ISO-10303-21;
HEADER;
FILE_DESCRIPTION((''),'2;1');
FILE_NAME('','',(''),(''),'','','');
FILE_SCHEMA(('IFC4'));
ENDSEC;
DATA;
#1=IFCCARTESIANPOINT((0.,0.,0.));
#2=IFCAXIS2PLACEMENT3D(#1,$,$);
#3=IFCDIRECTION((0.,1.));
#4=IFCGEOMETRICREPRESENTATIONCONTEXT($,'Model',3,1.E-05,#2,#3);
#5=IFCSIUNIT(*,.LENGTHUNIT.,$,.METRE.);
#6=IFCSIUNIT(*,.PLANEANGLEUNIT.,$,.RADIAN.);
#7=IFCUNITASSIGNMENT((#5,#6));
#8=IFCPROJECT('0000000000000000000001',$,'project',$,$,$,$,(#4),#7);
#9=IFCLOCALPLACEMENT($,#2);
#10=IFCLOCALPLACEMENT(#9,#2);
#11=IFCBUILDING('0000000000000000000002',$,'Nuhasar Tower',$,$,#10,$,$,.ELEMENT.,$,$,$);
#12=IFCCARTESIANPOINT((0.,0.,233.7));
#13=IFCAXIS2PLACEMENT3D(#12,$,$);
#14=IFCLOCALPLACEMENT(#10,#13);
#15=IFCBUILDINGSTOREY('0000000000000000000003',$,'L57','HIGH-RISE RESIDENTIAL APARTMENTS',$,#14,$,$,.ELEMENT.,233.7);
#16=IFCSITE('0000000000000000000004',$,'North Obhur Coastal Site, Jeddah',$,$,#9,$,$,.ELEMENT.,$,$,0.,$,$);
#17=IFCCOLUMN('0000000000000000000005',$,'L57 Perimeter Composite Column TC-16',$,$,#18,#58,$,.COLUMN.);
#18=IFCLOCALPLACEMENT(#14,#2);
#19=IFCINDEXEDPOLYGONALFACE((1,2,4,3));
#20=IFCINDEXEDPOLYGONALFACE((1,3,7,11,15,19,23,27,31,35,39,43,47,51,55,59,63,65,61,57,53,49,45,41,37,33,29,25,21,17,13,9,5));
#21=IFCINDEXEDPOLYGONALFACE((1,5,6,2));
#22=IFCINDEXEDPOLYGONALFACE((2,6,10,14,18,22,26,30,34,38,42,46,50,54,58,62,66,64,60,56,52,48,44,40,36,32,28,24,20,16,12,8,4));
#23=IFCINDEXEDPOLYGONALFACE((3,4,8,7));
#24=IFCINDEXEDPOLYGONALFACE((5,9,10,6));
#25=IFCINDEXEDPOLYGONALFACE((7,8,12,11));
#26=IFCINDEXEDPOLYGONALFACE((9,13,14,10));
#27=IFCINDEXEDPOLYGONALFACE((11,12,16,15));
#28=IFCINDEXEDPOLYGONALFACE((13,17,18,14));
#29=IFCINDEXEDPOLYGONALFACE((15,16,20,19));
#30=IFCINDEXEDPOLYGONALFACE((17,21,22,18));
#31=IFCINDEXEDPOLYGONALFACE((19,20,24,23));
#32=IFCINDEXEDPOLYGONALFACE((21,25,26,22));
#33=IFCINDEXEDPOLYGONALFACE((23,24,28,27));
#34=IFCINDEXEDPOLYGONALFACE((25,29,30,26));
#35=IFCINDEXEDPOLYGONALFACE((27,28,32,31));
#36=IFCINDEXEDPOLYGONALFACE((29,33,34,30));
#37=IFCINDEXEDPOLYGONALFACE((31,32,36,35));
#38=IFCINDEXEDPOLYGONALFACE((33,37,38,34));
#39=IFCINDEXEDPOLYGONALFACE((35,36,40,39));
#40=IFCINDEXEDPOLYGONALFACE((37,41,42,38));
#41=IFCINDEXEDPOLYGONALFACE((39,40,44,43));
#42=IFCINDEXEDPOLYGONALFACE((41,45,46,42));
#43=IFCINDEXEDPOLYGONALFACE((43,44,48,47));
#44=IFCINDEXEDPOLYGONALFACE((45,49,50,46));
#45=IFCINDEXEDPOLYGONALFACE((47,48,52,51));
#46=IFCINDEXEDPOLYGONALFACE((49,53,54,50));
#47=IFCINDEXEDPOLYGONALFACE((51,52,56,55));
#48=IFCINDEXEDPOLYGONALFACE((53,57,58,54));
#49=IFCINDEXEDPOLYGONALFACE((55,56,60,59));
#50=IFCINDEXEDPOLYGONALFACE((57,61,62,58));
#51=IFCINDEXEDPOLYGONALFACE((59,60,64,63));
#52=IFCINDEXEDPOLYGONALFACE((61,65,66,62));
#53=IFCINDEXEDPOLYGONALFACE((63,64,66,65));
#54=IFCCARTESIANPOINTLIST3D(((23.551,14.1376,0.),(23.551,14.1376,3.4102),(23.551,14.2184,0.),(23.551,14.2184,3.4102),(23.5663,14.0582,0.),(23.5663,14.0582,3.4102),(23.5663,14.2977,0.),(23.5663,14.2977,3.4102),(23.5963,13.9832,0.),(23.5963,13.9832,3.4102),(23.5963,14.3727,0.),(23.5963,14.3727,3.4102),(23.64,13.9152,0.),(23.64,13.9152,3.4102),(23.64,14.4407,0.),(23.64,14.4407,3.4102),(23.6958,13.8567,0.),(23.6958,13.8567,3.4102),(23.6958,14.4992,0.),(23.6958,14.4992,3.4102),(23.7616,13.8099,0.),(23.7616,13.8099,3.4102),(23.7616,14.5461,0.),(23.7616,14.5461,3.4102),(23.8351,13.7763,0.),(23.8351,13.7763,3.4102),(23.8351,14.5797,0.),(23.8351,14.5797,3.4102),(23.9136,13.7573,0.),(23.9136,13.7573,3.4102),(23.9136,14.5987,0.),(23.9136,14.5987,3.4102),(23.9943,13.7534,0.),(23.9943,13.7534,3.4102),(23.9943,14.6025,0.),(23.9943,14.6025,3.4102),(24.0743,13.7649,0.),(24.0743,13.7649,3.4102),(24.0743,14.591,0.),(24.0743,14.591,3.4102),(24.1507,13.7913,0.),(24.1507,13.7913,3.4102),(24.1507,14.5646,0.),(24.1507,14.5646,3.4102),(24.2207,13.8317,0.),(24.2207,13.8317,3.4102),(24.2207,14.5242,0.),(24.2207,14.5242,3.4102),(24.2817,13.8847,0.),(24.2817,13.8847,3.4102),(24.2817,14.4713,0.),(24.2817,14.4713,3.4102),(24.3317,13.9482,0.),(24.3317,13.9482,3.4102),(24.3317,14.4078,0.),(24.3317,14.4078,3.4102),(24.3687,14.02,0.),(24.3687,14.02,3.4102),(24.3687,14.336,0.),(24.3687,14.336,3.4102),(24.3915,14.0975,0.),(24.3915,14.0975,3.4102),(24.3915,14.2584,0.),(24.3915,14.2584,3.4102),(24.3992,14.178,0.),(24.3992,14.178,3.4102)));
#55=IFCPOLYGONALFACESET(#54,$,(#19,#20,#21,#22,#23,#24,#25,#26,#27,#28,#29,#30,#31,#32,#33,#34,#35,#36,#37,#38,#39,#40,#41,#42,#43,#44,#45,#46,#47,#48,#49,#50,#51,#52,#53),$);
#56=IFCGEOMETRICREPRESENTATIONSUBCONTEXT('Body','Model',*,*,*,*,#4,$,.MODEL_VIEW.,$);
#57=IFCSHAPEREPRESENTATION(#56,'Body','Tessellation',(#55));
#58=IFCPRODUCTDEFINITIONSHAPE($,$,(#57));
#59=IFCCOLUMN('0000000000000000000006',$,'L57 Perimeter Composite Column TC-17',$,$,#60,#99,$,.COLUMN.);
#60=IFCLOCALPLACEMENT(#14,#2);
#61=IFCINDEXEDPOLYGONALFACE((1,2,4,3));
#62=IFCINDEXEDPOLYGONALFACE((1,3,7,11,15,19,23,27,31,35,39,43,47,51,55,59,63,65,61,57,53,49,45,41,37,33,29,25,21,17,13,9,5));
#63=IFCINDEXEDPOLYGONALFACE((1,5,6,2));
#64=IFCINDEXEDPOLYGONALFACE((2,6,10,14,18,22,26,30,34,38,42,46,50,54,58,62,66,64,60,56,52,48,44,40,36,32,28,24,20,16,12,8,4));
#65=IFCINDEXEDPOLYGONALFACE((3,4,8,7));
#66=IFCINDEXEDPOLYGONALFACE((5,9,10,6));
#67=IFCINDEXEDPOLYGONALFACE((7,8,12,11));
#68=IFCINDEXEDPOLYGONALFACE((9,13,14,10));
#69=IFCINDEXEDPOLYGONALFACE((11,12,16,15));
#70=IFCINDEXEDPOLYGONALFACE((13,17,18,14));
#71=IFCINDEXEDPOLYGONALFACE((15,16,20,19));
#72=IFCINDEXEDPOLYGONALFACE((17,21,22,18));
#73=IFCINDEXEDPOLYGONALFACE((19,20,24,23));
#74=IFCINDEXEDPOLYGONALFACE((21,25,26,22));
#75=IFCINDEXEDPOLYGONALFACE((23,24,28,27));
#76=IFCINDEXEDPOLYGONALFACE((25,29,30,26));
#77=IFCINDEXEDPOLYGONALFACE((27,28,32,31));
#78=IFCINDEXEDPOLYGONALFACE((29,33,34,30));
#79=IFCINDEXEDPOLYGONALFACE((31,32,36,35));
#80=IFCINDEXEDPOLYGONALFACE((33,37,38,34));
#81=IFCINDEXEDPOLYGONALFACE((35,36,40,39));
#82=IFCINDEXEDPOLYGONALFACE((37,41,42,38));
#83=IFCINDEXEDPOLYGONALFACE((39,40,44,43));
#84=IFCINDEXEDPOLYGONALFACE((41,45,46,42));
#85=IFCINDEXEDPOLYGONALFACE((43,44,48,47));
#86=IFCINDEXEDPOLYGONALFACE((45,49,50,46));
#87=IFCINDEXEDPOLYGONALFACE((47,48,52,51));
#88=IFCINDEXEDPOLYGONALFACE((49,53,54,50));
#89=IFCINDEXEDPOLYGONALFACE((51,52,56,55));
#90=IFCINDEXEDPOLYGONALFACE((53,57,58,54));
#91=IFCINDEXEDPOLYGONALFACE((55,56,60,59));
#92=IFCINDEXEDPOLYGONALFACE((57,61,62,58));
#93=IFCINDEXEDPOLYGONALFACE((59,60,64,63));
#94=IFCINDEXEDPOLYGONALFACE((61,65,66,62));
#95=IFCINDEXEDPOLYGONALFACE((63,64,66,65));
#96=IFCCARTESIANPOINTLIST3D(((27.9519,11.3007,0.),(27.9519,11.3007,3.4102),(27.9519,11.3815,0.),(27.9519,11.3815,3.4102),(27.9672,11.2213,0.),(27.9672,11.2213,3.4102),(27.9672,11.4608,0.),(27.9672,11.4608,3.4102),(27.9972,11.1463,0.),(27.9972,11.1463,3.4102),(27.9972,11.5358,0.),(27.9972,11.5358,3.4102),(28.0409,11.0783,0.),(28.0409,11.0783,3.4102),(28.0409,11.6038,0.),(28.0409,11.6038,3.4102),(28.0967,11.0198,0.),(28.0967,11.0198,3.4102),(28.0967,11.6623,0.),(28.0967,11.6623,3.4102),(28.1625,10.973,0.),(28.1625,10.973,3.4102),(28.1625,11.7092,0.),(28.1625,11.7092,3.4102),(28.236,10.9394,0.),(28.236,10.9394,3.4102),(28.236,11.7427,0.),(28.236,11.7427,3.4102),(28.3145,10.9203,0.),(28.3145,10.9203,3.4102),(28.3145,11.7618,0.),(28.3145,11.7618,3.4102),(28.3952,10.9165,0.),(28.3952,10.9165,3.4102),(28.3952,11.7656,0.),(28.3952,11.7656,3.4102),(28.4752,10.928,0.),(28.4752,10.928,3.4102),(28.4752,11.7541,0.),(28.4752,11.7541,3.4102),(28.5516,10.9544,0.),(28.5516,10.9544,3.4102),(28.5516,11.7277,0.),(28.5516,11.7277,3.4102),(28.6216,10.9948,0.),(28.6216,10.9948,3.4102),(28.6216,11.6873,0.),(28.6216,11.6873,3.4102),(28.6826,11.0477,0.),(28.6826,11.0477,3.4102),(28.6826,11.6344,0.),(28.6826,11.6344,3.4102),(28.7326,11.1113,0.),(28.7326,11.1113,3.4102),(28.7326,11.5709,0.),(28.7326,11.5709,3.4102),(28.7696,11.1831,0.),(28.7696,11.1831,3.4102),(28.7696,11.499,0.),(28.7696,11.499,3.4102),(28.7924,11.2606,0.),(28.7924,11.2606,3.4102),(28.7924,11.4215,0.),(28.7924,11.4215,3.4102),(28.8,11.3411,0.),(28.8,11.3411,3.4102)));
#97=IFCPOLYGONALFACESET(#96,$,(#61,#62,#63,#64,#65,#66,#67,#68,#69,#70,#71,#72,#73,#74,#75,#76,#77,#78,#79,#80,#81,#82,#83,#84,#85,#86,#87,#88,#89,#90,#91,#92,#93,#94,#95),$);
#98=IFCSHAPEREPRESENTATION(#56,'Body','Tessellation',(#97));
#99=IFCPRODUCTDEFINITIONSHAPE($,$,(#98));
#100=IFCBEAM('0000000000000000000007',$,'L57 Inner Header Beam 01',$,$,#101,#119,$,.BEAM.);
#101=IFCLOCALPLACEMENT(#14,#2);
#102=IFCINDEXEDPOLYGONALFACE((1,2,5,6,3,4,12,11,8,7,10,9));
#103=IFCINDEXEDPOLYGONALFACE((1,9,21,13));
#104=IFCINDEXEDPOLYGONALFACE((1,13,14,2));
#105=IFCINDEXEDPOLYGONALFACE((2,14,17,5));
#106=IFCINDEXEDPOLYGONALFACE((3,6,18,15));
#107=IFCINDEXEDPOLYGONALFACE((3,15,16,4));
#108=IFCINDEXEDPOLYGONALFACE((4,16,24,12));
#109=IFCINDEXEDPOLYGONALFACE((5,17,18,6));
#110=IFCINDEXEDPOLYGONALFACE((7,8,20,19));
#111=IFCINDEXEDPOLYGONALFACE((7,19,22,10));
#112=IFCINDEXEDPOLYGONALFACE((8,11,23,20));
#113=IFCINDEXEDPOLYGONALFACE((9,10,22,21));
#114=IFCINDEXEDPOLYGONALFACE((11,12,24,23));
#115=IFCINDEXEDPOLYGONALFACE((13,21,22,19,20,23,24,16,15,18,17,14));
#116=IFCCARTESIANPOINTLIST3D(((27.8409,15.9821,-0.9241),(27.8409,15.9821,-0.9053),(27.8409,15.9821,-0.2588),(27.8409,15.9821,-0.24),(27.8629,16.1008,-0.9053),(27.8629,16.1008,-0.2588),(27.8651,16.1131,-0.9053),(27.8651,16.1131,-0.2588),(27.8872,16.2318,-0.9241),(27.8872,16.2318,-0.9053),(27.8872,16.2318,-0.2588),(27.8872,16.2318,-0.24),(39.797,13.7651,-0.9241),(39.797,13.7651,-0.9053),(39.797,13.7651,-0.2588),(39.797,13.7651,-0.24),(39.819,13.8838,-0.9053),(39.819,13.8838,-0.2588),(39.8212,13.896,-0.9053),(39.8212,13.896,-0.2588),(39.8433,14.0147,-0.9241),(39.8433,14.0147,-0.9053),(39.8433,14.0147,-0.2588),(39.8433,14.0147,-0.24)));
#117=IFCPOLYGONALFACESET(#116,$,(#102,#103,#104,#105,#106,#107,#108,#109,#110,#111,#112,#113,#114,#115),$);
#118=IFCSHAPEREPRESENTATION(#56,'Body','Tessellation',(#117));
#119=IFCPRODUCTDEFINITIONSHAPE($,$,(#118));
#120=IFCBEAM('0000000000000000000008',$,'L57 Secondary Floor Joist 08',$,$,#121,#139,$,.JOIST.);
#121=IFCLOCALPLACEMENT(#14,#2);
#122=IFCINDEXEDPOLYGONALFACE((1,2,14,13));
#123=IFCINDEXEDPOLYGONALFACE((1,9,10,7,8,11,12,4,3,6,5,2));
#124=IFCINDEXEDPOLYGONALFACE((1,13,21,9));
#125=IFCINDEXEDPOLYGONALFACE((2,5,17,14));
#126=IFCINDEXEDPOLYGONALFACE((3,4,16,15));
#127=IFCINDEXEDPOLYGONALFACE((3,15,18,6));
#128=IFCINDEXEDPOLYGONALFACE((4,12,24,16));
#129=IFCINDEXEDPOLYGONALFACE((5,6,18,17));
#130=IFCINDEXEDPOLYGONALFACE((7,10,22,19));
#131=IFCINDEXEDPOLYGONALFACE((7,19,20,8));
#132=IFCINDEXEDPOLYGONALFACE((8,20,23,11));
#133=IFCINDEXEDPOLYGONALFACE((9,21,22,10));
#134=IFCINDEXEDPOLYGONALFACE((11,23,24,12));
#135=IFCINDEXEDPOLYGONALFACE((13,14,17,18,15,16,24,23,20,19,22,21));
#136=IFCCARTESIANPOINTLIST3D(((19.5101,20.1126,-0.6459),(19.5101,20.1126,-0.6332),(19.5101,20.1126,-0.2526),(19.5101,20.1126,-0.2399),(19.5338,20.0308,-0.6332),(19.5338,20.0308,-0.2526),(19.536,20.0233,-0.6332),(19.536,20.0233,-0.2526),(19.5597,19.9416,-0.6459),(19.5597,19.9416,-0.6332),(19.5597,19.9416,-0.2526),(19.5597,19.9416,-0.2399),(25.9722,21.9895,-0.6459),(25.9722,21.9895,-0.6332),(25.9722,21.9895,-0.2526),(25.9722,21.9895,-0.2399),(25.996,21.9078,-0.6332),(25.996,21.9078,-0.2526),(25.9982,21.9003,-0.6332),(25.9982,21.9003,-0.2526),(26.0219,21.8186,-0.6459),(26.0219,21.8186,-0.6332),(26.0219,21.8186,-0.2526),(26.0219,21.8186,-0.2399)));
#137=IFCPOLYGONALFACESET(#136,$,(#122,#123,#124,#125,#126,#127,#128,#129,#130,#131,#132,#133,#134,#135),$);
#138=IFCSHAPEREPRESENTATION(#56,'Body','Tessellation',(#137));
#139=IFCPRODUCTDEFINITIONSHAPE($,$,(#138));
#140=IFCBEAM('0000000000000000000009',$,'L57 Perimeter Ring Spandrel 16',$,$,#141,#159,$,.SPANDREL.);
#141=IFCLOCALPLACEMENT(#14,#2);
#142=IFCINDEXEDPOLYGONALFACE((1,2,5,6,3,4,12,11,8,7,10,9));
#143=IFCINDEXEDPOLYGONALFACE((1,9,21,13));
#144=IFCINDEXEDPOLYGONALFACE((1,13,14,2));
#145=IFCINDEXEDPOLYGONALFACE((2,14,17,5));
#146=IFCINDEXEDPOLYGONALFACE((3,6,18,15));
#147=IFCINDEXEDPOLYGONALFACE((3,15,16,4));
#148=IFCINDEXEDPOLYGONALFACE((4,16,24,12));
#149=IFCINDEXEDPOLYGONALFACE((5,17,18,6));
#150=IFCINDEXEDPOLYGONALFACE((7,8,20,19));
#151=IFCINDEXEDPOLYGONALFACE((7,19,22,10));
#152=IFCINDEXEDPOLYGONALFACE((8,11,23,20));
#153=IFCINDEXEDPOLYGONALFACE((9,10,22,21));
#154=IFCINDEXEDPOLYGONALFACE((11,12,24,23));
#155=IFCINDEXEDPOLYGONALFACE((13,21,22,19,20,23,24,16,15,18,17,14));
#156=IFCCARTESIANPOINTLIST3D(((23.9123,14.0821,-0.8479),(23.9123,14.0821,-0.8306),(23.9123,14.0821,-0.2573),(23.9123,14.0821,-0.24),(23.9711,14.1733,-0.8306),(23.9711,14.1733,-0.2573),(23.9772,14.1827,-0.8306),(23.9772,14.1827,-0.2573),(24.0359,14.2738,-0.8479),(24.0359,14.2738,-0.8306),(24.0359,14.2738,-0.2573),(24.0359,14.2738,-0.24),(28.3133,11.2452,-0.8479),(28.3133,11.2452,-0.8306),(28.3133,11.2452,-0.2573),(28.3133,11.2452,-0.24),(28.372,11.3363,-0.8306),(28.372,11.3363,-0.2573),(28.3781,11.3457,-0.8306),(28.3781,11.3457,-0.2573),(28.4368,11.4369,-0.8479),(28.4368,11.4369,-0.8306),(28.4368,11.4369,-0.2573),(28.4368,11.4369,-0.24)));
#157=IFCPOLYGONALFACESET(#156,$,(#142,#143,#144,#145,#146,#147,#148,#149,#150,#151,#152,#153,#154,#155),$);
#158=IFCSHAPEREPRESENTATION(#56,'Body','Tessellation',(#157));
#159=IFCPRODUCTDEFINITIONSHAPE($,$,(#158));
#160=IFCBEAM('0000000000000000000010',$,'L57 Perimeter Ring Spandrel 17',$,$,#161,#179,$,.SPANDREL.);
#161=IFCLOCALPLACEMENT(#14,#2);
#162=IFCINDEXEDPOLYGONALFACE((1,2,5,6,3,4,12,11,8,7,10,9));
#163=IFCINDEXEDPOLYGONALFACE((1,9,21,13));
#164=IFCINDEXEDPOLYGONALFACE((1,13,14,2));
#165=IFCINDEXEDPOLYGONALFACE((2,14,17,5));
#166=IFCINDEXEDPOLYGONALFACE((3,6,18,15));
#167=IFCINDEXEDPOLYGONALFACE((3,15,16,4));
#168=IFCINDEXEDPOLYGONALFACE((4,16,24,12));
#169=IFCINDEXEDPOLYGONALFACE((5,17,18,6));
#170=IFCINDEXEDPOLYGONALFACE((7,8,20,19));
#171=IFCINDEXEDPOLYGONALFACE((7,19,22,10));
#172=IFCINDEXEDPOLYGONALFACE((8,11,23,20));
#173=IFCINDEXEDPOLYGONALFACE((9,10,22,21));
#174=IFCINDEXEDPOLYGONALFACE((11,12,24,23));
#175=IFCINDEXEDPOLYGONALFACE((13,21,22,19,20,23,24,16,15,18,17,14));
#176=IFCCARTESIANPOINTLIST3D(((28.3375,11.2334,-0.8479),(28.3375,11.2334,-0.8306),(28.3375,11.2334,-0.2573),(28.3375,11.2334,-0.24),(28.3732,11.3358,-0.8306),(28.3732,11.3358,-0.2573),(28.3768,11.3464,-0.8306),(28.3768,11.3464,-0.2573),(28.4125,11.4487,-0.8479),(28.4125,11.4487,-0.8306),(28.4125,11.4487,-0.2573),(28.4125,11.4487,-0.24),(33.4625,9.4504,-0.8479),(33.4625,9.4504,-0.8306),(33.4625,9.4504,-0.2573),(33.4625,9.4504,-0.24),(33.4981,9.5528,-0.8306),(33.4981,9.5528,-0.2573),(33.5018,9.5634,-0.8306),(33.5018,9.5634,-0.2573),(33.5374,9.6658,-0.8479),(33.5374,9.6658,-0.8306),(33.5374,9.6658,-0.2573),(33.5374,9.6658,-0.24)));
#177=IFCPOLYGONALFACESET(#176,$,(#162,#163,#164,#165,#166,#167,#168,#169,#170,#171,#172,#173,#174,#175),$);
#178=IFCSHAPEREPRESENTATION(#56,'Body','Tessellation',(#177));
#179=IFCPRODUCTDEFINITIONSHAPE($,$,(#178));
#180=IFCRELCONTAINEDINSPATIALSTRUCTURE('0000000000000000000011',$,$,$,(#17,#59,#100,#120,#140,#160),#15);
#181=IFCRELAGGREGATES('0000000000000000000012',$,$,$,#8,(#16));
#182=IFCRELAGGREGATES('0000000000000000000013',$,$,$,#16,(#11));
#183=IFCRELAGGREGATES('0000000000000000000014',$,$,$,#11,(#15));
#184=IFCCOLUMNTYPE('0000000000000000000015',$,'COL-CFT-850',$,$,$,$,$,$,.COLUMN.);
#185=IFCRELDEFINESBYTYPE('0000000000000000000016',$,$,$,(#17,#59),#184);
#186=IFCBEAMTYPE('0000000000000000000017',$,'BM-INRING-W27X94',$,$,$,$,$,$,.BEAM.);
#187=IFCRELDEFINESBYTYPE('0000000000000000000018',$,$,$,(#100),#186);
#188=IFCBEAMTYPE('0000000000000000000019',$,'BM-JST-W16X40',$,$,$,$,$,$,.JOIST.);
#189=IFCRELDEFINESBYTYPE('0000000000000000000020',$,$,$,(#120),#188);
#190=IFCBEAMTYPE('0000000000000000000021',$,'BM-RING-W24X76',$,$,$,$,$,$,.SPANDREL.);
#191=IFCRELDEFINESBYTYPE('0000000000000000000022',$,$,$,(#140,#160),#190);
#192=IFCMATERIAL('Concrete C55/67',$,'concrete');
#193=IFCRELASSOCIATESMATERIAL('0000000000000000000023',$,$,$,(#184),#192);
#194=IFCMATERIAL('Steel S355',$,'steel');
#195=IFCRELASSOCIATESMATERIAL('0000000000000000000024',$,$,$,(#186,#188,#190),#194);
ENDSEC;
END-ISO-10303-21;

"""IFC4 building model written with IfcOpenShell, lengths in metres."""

from ifc_helpers import new_model, si_unit, direction, frame, origin, origin_2d, place, context, subcontext, project, spatial, circle, i_section, extrude, material, material_profile, profile_set, type_object, element, save


model = new_model("IFC4")

# Units and contexts
model_context = context("Model", 3, precision=1e-05, world=origin(), true_north=direction((0.0, 1.0)))
body_context = subcontext(model_context, "Body", "Model", "MODEL_VIEW")
ifc_project = project(units=[si_unit("LENGTHUNIT", "METRE"), si_unit("PLANEANGLEUNIT", "RADIAN")], contexts=[model_context])

# Site, building, storey
site_placement = place(None, origin())
site = spatial("IfcSite", under=ifc_project, at=site_placement, Name="North Obhur Coastal Site, Jeddah", CompositionType="ELEMENT", RefElevation=0.0)
building_placement = place(site_placement, origin())
building = spatial("IfcBuilding", under=site, at=building_placement, Name="Nuhasar Tower", CompositionType="ELEMENT")
storey_placement = place(building_placement, frame((0.0, 0.0, 233.7)))
storey = spatial("IfcBuildingStorey", under=building, at=storey_placement, Name="L57", Description="HIGH-RISE RESIDENTIAL APARTMENTS", CompositionType="ELEMENT", Elevation=233.7)

# Columns
ifc_material_1 = material(Name="Concrete C55/67", Category="concrete")
ifc_material_profile_1 = material_profile(ifc_material_1, circle(Radius=0.425, at=origin_2d()), Name="CFT850")
ifc_profile_set_1 = profile_set([ifc_material_profile_1], Name="Concrete C55/67")
column_type = type_object("IfcColumnType", Name="COL-CFT-850", PredefinedType="COLUMN", material=ifc_profile_set_1)
for number, where, z_axis, x_axis, name in (
    (1, (23.9741, 14.178, 0.0), (0.0, 0.0, 1.0), (1.0, 0.0, 0.0), "L57 Perimeter Composite Column TC-16"),
    (2, (28.375, 11.3411, 0.0), (0.0, 0.0, 1.0), (1.0, 0.0, 0.0), "L57 Perimeter Composite Column TC-17"),
):
    element("IfcColumn", number, at=place(storey_placement, frame(where, z_axis=z_axis, x_axis=x_axis)), inside=storey, type_object=column_type, Name=name, PredefinedType="COLUMN", context=body_context, shape_type="SweptSolid", body=[
        extrude(circle(Radius=0.425, at=origin_2d()), origin(), (0.0, 0.0, 1.0), 3.4102),
    ])

# Beams
ifc_material_2 = material(Name="Steel S355", Category="steel")
ifc_material_profile_2 = material_profile(ifc_material_2, i_section(OverallWidth=0.2539, OverallDepth=0.6841, WebThickness=0.0125, FlangeThickness=0.0188, at=origin_2d()), Name="W27X94")
ifc_profile_set_2 = profile_set([ifc_material_profile_2], Name="Steel S355")
beam_type_1 = type_object("IfcBeamType", Name="BM-INRING-W27X94", PredefinedType="BEAM", material=ifc_profile_set_2)
beam_1_placement = place(storey_placement, frame((27.864, 16.1069, -0.582), z_axis=(0.983238, -0.182324, 0.0), x_axis=(0.182324, 0.983238, 0.0)))
element("IfcBeam", 3, at=beam_1_placement, inside=storey, type_object=beam_type_1, Name="L57 Inner Header Beam 01", PredefinedType="BEAM", context=body_context, shape_type="SweptSolid", body=[
    extrude(i_section(OverallWidth=0.2539, OverallDepth=0.6841, WebThickness=0.0125, FlangeThickness=0.0188, at=origin_2d()), origin(), (0.0, 0.0, 1.0), 12.1599),
])
ifc_material_profile_3 = material_profile(ifc_material_2, i_section(OverallWidth=0.178, OverallDepth=0.406, WebThickness=0.0078, FlangeThickness=0.0127, at=origin_2d()), Name="W16X40")
ifc_profile_set_3 = profile_set([ifc_material_profile_3], Name="Steel S355")
beam_type_2 = type_object("IfcBeamType", Name="BM-JST-W16X40", PredefinedType="JOIST", material=ifc_profile_set_3)
beam_2_placement = place(storey_placement, frame((25.9971, 21.9041, -0.4429), z_axis=(-0.960313, -0.278926, 0.0), x_axis=(0.278926, -0.960313, 0.0)))
element("IfcBeam", 4, at=beam_2_placement, inside=storey, type_object=beam_type_2, Name="L57 Secondary Floor Joist 08", PredefinedType="JOIST", context=body_context, shape_type="SweptSolid", body=[
    extrude(i_section(OverallWidth=0.178, OverallDepth=0.406, WebThickness=0.0078, FlangeThickness=0.0127, at=origin_2d()), origin(), (0.0, 0.0, 1.0), 6.7292),
])
ifc_material_profile_4 = material_profile(ifc_material_2, i_section(OverallWidth=0.228, OverallDepth=0.6079, WebThickness=0.0112, FlangeThickness=0.0173, at=origin_2d()), Name="W24X76")
ifc_profile_set_4 = profile_set([ifc_material_profile_4], Name="Steel S355")
beam_type_3 = type_object("IfcBeamType", Name="BM-RING-W24X76", PredefinedType="SPANDREL", material=ifc_profile_set_4)
beam_3_placement = place(storey_placement, frame((23.9741, 14.178, -0.5439), z_axis=(0.840502, -0.541808, 0.0), x_axis=(0.541808, 0.840502, 0.0)))
element("IfcBeam", 5, at=beam_3_placement, inside=storey, type_object=beam_type_3, Name="L57 Perimeter Ring Spandrel 16", PredefinedType="SPANDREL", context=body_context, shape_type="SweptSolid", body=[
    extrude(i_section(OverallWidth=0.228, OverallDepth=0.6079, WebThickness=0.0112, FlangeThickness=0.0173, at=origin_2d()), origin(), (0.0, 0.0, 1.0), 5.2361),
])
beam_4_placement = place(storey_placement, frame((28.375, 11.3411, -0.5439), z_axis=(0.944477, -0.328578, 0.0), x_axis=(0.328578, 0.944477, 0.0)))
element("IfcBeam", 6, at=beam_4_placement, inside=storey, type_object=beam_type_3, Name="L57 Perimeter Ring Spandrel 17", PredefinedType="SPANDREL", context=body_context, shape_type="SweptSolid", body=[
    extrude(i_section(OverallWidth=0.228, OverallDepth=0.6079, WebThickness=0.0112, FlangeThickness=0.0173, at=origin_2d()), origin(), (0.0, 0.0, 1.0), 5.4263),
])

save(model, "model.ifc")
